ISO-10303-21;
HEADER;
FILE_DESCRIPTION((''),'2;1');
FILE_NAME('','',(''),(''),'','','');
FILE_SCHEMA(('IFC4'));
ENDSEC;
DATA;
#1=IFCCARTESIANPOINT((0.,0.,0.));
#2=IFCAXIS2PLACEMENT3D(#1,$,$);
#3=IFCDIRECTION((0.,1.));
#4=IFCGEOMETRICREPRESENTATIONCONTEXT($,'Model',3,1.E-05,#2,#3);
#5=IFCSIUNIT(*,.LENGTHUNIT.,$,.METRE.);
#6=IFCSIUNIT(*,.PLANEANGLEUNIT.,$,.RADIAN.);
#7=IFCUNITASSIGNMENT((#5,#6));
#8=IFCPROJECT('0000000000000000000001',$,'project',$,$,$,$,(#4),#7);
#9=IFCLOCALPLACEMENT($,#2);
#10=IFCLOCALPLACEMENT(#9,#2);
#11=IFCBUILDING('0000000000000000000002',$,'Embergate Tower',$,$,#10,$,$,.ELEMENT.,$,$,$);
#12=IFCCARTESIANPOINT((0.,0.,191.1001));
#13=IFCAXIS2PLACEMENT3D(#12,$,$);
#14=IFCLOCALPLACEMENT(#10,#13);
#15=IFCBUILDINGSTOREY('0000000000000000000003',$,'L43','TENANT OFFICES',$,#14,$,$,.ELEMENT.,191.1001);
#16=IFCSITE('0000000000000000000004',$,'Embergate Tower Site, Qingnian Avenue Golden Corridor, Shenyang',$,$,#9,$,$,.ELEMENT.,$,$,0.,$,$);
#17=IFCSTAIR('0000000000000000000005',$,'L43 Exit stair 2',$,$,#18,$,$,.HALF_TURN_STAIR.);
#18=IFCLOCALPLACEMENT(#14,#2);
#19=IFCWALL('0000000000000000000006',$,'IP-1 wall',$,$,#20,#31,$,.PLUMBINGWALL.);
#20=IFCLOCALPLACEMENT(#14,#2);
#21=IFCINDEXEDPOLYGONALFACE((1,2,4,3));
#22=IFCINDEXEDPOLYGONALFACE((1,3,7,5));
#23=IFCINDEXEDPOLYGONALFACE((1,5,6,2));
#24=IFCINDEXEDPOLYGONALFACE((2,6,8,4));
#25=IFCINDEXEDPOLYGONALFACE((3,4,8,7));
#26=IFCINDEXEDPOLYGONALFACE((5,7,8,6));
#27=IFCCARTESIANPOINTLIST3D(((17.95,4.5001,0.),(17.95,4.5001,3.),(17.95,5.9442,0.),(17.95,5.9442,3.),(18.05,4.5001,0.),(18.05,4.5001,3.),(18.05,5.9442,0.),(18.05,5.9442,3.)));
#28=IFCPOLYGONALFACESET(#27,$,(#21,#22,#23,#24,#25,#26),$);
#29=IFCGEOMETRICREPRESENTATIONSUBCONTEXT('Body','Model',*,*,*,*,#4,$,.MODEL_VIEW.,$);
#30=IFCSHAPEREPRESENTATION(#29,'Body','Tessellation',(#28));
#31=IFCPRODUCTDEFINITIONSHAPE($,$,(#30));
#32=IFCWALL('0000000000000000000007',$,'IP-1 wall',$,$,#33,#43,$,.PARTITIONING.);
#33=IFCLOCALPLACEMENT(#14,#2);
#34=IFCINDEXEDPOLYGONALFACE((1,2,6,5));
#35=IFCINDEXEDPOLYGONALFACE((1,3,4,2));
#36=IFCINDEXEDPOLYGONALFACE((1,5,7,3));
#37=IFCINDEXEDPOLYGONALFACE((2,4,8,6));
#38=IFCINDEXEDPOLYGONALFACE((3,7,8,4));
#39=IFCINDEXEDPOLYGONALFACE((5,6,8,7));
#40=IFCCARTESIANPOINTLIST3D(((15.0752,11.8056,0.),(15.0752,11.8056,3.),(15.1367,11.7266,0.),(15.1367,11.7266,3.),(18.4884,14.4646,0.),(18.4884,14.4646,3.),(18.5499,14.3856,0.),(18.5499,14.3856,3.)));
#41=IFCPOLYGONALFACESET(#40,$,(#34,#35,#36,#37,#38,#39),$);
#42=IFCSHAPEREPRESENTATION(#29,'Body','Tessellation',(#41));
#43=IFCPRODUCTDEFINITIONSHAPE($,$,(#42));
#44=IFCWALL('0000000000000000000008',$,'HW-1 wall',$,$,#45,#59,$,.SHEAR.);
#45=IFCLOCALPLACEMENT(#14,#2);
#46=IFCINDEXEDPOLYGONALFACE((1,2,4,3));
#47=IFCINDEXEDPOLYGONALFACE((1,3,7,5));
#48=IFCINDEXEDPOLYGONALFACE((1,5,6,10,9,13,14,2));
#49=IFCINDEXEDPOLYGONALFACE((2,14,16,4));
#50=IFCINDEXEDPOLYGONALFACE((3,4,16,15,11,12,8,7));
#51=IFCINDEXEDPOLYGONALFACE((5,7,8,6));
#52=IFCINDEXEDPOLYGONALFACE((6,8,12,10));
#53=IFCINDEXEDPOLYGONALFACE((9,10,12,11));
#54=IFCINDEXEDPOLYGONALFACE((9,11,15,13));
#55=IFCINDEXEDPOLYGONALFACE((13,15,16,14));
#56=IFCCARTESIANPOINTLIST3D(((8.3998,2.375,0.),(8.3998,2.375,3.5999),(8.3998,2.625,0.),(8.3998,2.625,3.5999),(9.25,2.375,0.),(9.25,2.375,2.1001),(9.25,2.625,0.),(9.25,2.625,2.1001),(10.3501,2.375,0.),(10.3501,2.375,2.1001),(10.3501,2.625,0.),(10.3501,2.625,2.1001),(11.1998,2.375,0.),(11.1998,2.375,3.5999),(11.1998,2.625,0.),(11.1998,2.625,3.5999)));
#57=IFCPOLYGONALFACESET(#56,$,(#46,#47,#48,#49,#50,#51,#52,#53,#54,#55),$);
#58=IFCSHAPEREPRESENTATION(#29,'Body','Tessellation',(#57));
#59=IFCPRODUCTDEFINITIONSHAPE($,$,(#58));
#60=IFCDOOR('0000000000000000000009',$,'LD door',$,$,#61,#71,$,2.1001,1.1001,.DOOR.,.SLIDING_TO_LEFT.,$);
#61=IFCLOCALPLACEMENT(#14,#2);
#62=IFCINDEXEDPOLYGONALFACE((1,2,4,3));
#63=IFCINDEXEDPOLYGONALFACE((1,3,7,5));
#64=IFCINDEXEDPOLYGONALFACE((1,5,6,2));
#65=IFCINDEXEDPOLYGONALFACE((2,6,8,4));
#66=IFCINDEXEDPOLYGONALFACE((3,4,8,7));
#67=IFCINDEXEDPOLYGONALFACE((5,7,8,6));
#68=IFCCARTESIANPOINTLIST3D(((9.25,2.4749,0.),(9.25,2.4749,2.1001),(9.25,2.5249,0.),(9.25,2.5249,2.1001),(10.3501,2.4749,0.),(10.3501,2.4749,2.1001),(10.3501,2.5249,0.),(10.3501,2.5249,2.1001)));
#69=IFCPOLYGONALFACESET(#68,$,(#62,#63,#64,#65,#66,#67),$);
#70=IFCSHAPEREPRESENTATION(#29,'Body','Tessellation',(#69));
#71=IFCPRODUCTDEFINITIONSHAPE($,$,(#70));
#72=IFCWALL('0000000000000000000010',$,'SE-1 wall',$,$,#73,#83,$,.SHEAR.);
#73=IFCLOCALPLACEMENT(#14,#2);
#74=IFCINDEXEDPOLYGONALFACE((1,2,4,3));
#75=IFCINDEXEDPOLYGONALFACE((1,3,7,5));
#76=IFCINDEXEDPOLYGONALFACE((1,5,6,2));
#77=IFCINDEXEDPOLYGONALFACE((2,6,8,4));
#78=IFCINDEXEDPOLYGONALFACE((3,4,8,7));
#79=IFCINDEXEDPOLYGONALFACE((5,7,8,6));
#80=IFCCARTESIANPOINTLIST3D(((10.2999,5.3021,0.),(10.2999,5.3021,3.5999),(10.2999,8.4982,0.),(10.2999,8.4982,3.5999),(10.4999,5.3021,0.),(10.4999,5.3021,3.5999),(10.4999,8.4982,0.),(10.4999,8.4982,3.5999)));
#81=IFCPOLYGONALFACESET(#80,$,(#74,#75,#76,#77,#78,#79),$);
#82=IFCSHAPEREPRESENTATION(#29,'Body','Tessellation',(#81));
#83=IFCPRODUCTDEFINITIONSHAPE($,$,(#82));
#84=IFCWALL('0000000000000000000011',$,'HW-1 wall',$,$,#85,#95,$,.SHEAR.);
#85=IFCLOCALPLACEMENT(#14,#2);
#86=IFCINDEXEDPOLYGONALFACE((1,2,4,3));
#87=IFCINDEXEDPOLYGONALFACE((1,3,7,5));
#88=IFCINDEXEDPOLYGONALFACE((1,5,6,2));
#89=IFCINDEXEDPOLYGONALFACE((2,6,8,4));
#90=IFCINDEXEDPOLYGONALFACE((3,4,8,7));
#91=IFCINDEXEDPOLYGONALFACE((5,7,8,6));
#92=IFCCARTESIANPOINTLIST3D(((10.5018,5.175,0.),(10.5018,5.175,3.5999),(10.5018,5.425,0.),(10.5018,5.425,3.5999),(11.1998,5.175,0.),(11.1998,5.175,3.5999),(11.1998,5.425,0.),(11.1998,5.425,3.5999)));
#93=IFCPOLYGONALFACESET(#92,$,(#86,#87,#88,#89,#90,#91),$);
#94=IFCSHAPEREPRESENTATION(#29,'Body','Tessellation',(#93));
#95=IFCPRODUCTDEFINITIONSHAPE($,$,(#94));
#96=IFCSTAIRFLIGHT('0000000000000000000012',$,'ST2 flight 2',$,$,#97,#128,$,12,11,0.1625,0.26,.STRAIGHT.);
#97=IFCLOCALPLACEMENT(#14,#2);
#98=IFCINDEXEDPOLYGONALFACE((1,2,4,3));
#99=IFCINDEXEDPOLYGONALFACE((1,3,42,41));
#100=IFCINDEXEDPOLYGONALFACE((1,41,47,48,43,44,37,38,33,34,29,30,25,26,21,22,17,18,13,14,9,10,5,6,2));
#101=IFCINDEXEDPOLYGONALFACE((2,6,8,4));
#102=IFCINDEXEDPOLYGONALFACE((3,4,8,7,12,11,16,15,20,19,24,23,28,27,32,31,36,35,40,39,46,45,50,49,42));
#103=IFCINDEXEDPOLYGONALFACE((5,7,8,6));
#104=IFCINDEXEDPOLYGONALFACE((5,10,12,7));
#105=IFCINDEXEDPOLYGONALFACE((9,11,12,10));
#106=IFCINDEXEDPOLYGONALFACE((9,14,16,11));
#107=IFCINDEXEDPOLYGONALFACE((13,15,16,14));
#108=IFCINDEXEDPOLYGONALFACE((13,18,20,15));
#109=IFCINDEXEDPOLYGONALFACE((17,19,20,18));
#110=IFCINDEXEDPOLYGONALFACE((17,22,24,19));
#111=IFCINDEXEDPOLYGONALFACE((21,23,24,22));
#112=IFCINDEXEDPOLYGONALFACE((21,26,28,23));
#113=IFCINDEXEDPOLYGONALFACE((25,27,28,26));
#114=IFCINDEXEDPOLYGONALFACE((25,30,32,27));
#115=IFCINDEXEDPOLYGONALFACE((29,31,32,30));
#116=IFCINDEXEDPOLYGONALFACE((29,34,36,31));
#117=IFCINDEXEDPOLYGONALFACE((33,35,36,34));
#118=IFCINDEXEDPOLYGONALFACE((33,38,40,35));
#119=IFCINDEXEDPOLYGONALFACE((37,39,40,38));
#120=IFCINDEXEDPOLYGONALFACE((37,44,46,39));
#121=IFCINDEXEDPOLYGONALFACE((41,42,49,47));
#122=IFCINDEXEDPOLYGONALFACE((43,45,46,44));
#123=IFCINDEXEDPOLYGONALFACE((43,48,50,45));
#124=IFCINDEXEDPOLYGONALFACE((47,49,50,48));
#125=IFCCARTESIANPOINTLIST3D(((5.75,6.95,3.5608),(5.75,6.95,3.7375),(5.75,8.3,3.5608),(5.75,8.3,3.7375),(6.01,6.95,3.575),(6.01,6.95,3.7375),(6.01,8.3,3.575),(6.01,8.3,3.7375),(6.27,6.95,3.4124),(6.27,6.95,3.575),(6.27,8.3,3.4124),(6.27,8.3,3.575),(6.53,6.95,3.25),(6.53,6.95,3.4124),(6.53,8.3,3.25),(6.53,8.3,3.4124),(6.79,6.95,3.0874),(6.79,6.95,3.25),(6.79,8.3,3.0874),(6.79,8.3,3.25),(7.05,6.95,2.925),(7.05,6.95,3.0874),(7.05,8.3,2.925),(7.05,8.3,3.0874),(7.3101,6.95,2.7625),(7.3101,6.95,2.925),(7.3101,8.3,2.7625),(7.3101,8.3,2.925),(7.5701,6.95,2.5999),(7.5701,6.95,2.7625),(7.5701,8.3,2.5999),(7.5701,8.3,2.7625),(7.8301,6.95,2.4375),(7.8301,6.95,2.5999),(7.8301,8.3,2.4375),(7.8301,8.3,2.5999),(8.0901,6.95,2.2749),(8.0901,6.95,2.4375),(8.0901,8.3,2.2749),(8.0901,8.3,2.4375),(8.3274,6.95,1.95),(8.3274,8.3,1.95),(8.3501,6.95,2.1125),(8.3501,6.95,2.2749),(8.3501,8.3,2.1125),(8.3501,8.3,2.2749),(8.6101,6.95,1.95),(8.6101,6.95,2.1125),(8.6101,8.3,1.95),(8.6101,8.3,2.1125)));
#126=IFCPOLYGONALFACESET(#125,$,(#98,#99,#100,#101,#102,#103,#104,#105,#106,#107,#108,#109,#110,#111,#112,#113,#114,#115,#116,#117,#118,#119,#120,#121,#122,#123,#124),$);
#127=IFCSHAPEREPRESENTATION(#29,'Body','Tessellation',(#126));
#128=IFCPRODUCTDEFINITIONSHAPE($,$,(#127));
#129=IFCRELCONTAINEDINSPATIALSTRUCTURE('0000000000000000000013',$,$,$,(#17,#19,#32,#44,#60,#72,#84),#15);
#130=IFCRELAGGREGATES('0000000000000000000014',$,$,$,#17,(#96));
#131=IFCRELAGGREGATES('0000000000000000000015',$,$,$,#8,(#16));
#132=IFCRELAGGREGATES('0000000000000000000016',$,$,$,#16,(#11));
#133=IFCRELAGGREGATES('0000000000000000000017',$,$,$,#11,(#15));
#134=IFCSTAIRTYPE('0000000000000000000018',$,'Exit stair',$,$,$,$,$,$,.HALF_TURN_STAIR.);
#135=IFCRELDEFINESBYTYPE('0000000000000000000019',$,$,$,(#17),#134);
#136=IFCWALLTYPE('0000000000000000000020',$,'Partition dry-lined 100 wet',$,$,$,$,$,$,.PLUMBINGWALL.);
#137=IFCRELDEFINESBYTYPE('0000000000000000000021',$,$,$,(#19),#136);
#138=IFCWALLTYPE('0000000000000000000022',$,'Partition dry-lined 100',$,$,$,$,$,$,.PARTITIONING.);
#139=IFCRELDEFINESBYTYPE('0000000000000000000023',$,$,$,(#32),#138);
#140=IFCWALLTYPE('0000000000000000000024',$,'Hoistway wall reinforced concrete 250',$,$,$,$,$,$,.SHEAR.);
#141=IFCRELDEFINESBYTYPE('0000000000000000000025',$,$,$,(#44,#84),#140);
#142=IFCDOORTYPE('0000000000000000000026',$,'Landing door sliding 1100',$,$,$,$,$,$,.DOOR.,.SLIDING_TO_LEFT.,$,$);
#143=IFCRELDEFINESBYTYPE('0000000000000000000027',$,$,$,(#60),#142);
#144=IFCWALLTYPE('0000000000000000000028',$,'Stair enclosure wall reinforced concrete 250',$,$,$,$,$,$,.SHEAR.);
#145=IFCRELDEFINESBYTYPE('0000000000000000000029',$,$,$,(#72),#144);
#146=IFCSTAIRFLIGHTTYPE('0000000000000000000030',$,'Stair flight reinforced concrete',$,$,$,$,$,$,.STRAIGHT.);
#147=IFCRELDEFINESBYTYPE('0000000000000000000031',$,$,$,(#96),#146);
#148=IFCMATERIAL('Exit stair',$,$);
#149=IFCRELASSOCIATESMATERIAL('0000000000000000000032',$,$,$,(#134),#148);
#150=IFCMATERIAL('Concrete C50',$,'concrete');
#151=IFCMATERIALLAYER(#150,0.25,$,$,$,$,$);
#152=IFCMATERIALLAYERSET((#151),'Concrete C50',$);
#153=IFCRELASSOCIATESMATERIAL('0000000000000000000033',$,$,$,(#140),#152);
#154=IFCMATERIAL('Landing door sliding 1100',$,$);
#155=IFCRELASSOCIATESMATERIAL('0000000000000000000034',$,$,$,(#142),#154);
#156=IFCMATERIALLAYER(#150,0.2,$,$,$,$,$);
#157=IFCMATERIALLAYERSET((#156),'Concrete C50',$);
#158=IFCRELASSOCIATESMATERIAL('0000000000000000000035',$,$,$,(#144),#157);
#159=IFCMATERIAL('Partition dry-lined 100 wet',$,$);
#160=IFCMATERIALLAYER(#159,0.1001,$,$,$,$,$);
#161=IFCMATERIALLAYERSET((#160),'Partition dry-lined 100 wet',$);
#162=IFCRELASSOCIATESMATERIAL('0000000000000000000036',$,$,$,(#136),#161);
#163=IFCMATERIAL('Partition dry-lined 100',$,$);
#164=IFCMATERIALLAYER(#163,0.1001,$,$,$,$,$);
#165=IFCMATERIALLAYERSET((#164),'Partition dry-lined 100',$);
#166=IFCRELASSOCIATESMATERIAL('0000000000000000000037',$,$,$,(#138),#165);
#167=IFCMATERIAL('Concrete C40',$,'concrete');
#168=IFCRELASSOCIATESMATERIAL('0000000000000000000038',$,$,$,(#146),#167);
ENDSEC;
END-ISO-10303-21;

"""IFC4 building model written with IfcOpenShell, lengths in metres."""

from ifc_helpers import new_model, si_unit, direction, frame, frame_2d, origin, place, context, subcontext, project, spatial, polyline, rectangle, outline, extrude, source, transform, mapped, material, layer, layer_set, type_object, element, fill, aggregate, save


model = new_model("IFC4")

# Units and contexts
model_context = context("Model", 3, precision=1e-05, world=origin(), true_north=direction((0.0, 1.0)))
body_context = subcontext(model_context, "Body", "Model", "MODEL_VIEW")
ifc_project = project(units=[si_unit("LENGTHUNIT", "METRE"), si_unit("PLANEANGLEUNIT", "RADIAN")], contexts=[model_context])

# Site, building, storey
site_placement = place(None, origin())
site = spatial("IfcSite", under=ifc_project, at=site_placement, Name="Embergate Tower Site, Qingnian Avenue Golden Corridor, Shenyang", CompositionType="ELEMENT", RefElevation=0.0)
building_placement = place(site_placement, origin())
building = spatial("IfcBuilding", under=site, at=building_placement, Name="Embergate Tower", CompositionType="ELEMENT")
storey_placement = place(building_placement, frame((0.0, 0.0, 191.1001)))
storey = spatial("IfcBuildingStorey", under=building, at=storey_placement, Name="L43", Description="TENANT OFFICES", CompositionType="ELEMENT", Elevation=191.1001)

# Stair
ifc_material_1 = material(Name="Exit stair")
stair_type = type_object("IfcStairType", Name="Exit stair", PredefinedType="HALF_TURN_STAIR", material=ifc_material_1)
stair_placement = place(storey_placement, origin())
stair = element("IfcStair", 1, at=stair_placement, inside=storey, type_object=stair_type, Name="L43 Exit stair 2", PredefinedType="HALF_TURN_STAIR")
ifc_material_2 = material(Name="Concrete C40", Category="concrete")

# Shared definitions
ifc_material_3 = material(Name="Concrete C50", Category="concrete")
ifc_layer_1 = layer(ifc_material_3, 0.25)
ifc_layer_set_1 = layer_set([ifc_layer_1], Name="Concrete C50")
wall_type_1 = type_object("IfcWallType", Name="Hoistway wall reinforced concrete 250", PredefinedType="SHEAR", material=ifc_layer_set_1)

# Shared definitions
shared_shape_1 = source(origin(), body_context, "Body", "SweptSolid", [
    extrude(rectangle(XDim=1.1001, YDim=2.1001, at=frame_2d((0.55, 1.05))), frame((0.0, 0.135, 0.0), z_axis=(0.0, -1.0, 0.0), x_axis=(1.0, 0.0, 0.0)), (0.0, 0.0, 1.0), 0.27),
])
ifc_material_4 = material(Name="Landing door sliding 1100")
door_type_1 = type_object("IfcDoorType", Name="Landing door sliding 1100", OperationType="SLIDING_TO_LEFT", PredefinedType="DOOR", material=ifc_material_4)
shared_shape_2 = source(origin(), body_context, "Body", "SweptSolid", [
    extrude(rectangle(XDim=1.1001, YDim=2.1001, at=frame_2d((0.55, 1.05))), frame((0.0, 0.0249, 0.0), z_axis=(0.0, -1.0, 0.0), x_axis=(1.0, 0.0, 0.0)), (0.0, 0.0, 1.0), 0.05),
])

# Shared definitions
ifc_layer_2 = layer(ifc_material_3, 0.2)
ifc_layer_set_2 = layer_set([ifc_layer_2], Name="Concrete C50")
wall_type_2 = type_object("IfcWallType", Name="Stair enclosure wall reinforced concrete 250", PredefinedType="SHEAR", material=ifc_layer_set_2)

# Walls
ifc_material_5 = material(Name="Partition dry-lined 100 wet")
ifc_layer_3 = layer(ifc_material_5, 0.1001)
ifc_layer_set_3 = layer_set([ifc_layer_3], Name="Partition dry-lined 100 wet")
wall_type_3 = type_object("IfcWallType", Name="Partition dry-lined 100 wet", PredefinedType="PLUMBINGWALL", material=ifc_layer_set_3)
shared_shape_3 = source(origin(), body_context, "Body", "SweptSolid", [
    extrude(rectangle(XDim=1.4441, YDim=0.1001, at=frame_2d((0.7222, 0.0))), origin(), (0.0, 0.0, 1.0), 3.0),
])
wall_1_placement = place(storey_placement, frame((18.0, 4.5, 0.0), z_axis=(0.0, 0.0, 1.0), x_axis=(0.0, 1.0, 0.0)))
element("IfcWall", 2, at=wall_1_placement, inside=storey, type_object=wall_type_3, Name="IP-1 wall", PredefinedType="PLUMBINGWALL", context=body_context, shape_type="MappedRepresentation", body=[
    mapped(shared_shape_3, transform((0.0, 0.0, 0.0))),
])
ifc_material_6 = material(Name="Partition dry-lined 100")
ifc_layer_4 = layer(ifc_material_6, 0.1001)
ifc_layer_set_4 = layer_set([ifc_layer_4], Name="Partition dry-lined 100")
wall_type_4 = type_object("IfcWallType", Name="Partition dry-lined 100", PredefinedType="PARTITIONING", material=ifc_layer_set_4)
shared_shape_4 = source(origin(), body_context, "Body", "SweptSolid", [
    extrude(rectangle(XDim=4.3267, YDim=0.1001, at=frame_2d((2.1633, 0.0))), origin(), (0.0, 0.0, 1.0), 3.0),
])
wall_2_placement = place(storey_placement, frame((15.106, 11.7661, 0.0), z_axis=(0.0, 0.0, 1.0), x_axis=(0.788869, 0.614562, 0.0)))
element("IfcWall", 3, at=wall_2_placement, inside=storey, type_object=wall_type_4, Name="IP-1 wall", PredefinedType="PARTITIONING", context=body_context, shape_type="MappedRepresentation", body=[
    mapped(shared_shape_4, transform((0.0, 0.0, 0.0))),
])

# Wall, opening, door
shared_shape_5 = source(origin(), body_context, "Body", "SweptSolid", [
    extrude(rectangle(XDim=2.8, YDim=0.25, at=frame_2d((1.3999, 0.0))), origin(), (0.0, 0.0, 1.0), 3.5999),
])
wall_3_placement = place(storey_placement, frame((8.3999, 2.5, 0.0), z_axis=(0.0, 0.0, 1.0), x_axis=(1.0, 0.0, 0.0)))
wall_3 = element("IfcWall", 4, at=wall_3_placement, inside=storey, type_object=wall_type_1, Name="HW-1 wall", PredefinedType="SHEAR", context=body_context, shape_type="MappedRepresentation", body=[
    mapped(shared_shape_5, transform((0.0, 0.0, 0.0))),
])
opening_1_placement = place(wall_3_placement, frame((0.8501, 0.0, 0.0)))
opening_1 = element("IfcOpeningElement", 5, at=opening_1_placement, cuts=wall_3, PredefinedType="OPENING", context=body_context, shape_type="MappedRepresentation", body=[
    mapped(shared_shape_1, transform((0.0, 0.0, 0.0))),
])
door_1_placement = place(opening_1_placement, origin())
door_1 = element("IfcDoor", 6, at=door_1_placement, inside=storey, type_object=door_type_1, Name="LD door", OperationType="SLIDING_TO_LEFT", OverallHeight=2.1001, OverallWidth=1.1001, PredefinedType="DOOR", context=body_context, shape_type="MappedRepresentation", body=[
    mapped(shared_shape_2, transform((0.0, 0.0, 0.0))),
])
fill(opening_1, door_1)

# Walls
shared_shape_6 = source(origin(), body_context, "Body", "SweptSolid", [
    extrude(rectangle(XDim=3.196, YDim=0.2, at=frame_2d((1.5981, 0.0))), origin(), (0.0, 0.0, 1.0), 3.5999),
])
wall_4_placement = place(storey_placement, frame((10.3999, 5.302, 0.0), z_axis=(0.0, 0.0, 1.0), x_axis=(0.0, 1.0, 0.0)))
element("IfcWall", 7, at=wall_4_placement, inside=storey, type_object=wall_type_2, Name="SE-1 wall", PredefinedType="SHEAR", context=body_context, shape_type="MappedRepresentation", body=[
    mapped(shared_shape_6, transform((0.0, 0.0, 0.0))),
])
shared_shape_7 = source(origin(), body_context, "Body", "SweptSolid", [
    extrude(rectangle(XDim=0.698, YDim=0.25, at=frame_2d((0.3491, 0.0))), origin(), (0.0, 0.0, 1.0), 3.5999),
])
wall_5_placement = place(storey_placement, frame((11.2, 5.3, 0.0), z_axis=(0.0, 0.0, 1.0), x_axis=(-1.0, 0.0, 0.0)))
element("IfcWall", 8, at=wall_5_placement, inside=storey, type_object=wall_type_1, Name="HW-1 wall", PredefinedType="SHEAR", context=body_context, shape_type="MappedRepresentation", body=[
    mapped(shared_shape_7, transform((0.0, 0.0, 0.0))),
])

# Stair flight
stair_flight_type = type_object("IfcStairFlightType", Name="Stair flight reinforced concrete", PredefinedType="STRAIGHT", material=ifc_material_2)
shared_shape_8 = source(origin(), body_context, "Body", "SweptSolid", [
    extrude(outline(polyline([(0.0, 0.0), (0.0, 0.1626), (0.26, 0.1626), (0.26, 0.325), (0.52, 0.325), (0.52, 0.4875), (0.78, 0.4875), (0.78, 0.6499), (1.04, 0.6499), (1.04, 0.8125), (1.3, 0.8125), (1.3, 0.9751), (1.5601, 0.9751), (1.5601, 1.1375), (1.8201, 1.1375), (1.8201, 1.3), (2.0801, 1.3), (2.0801, 1.4624), (2.3401, 1.4624), (2.3401, 1.625), (2.6001, 1.625), (2.6001, 1.7876), (2.8601, 1.7876), (2.8601, 1.95), (2.8601, 1.6108), (0.2827, 0.0), (0.0, 0.0)])), frame((0.0, 0.675, 0.0), z_axis=(0.0, -1.0, 0.0), x_axis=(1.0, 0.0, 0.0)), (0.0, 0.0, 1.0), 1.3501),
])
stair_flight_placement = place(storey_placement, frame((8.6101, 7.625, 1.95), z_axis=(0.0, 0.0, 1.0), x_axis=(-1.0, 0.0, 0.0)))
stair_flight = element("IfcStairFlight", 9, at=stair_flight_placement, type_object=stair_flight_type, Name="ST2 flight 2", NumberOfRisers=12, NumberOfTreads=11, PredefinedType="STRAIGHT", RiserHeight=0.1625, TreadLength=0.26, context=body_context, shape_type="MappedRepresentation", body=[
    mapped(shared_shape_8, transform((0.0, 0.0, 0.0))),
])
aggregate(stair, [stair_flight])

save(model, "model.ifc")
